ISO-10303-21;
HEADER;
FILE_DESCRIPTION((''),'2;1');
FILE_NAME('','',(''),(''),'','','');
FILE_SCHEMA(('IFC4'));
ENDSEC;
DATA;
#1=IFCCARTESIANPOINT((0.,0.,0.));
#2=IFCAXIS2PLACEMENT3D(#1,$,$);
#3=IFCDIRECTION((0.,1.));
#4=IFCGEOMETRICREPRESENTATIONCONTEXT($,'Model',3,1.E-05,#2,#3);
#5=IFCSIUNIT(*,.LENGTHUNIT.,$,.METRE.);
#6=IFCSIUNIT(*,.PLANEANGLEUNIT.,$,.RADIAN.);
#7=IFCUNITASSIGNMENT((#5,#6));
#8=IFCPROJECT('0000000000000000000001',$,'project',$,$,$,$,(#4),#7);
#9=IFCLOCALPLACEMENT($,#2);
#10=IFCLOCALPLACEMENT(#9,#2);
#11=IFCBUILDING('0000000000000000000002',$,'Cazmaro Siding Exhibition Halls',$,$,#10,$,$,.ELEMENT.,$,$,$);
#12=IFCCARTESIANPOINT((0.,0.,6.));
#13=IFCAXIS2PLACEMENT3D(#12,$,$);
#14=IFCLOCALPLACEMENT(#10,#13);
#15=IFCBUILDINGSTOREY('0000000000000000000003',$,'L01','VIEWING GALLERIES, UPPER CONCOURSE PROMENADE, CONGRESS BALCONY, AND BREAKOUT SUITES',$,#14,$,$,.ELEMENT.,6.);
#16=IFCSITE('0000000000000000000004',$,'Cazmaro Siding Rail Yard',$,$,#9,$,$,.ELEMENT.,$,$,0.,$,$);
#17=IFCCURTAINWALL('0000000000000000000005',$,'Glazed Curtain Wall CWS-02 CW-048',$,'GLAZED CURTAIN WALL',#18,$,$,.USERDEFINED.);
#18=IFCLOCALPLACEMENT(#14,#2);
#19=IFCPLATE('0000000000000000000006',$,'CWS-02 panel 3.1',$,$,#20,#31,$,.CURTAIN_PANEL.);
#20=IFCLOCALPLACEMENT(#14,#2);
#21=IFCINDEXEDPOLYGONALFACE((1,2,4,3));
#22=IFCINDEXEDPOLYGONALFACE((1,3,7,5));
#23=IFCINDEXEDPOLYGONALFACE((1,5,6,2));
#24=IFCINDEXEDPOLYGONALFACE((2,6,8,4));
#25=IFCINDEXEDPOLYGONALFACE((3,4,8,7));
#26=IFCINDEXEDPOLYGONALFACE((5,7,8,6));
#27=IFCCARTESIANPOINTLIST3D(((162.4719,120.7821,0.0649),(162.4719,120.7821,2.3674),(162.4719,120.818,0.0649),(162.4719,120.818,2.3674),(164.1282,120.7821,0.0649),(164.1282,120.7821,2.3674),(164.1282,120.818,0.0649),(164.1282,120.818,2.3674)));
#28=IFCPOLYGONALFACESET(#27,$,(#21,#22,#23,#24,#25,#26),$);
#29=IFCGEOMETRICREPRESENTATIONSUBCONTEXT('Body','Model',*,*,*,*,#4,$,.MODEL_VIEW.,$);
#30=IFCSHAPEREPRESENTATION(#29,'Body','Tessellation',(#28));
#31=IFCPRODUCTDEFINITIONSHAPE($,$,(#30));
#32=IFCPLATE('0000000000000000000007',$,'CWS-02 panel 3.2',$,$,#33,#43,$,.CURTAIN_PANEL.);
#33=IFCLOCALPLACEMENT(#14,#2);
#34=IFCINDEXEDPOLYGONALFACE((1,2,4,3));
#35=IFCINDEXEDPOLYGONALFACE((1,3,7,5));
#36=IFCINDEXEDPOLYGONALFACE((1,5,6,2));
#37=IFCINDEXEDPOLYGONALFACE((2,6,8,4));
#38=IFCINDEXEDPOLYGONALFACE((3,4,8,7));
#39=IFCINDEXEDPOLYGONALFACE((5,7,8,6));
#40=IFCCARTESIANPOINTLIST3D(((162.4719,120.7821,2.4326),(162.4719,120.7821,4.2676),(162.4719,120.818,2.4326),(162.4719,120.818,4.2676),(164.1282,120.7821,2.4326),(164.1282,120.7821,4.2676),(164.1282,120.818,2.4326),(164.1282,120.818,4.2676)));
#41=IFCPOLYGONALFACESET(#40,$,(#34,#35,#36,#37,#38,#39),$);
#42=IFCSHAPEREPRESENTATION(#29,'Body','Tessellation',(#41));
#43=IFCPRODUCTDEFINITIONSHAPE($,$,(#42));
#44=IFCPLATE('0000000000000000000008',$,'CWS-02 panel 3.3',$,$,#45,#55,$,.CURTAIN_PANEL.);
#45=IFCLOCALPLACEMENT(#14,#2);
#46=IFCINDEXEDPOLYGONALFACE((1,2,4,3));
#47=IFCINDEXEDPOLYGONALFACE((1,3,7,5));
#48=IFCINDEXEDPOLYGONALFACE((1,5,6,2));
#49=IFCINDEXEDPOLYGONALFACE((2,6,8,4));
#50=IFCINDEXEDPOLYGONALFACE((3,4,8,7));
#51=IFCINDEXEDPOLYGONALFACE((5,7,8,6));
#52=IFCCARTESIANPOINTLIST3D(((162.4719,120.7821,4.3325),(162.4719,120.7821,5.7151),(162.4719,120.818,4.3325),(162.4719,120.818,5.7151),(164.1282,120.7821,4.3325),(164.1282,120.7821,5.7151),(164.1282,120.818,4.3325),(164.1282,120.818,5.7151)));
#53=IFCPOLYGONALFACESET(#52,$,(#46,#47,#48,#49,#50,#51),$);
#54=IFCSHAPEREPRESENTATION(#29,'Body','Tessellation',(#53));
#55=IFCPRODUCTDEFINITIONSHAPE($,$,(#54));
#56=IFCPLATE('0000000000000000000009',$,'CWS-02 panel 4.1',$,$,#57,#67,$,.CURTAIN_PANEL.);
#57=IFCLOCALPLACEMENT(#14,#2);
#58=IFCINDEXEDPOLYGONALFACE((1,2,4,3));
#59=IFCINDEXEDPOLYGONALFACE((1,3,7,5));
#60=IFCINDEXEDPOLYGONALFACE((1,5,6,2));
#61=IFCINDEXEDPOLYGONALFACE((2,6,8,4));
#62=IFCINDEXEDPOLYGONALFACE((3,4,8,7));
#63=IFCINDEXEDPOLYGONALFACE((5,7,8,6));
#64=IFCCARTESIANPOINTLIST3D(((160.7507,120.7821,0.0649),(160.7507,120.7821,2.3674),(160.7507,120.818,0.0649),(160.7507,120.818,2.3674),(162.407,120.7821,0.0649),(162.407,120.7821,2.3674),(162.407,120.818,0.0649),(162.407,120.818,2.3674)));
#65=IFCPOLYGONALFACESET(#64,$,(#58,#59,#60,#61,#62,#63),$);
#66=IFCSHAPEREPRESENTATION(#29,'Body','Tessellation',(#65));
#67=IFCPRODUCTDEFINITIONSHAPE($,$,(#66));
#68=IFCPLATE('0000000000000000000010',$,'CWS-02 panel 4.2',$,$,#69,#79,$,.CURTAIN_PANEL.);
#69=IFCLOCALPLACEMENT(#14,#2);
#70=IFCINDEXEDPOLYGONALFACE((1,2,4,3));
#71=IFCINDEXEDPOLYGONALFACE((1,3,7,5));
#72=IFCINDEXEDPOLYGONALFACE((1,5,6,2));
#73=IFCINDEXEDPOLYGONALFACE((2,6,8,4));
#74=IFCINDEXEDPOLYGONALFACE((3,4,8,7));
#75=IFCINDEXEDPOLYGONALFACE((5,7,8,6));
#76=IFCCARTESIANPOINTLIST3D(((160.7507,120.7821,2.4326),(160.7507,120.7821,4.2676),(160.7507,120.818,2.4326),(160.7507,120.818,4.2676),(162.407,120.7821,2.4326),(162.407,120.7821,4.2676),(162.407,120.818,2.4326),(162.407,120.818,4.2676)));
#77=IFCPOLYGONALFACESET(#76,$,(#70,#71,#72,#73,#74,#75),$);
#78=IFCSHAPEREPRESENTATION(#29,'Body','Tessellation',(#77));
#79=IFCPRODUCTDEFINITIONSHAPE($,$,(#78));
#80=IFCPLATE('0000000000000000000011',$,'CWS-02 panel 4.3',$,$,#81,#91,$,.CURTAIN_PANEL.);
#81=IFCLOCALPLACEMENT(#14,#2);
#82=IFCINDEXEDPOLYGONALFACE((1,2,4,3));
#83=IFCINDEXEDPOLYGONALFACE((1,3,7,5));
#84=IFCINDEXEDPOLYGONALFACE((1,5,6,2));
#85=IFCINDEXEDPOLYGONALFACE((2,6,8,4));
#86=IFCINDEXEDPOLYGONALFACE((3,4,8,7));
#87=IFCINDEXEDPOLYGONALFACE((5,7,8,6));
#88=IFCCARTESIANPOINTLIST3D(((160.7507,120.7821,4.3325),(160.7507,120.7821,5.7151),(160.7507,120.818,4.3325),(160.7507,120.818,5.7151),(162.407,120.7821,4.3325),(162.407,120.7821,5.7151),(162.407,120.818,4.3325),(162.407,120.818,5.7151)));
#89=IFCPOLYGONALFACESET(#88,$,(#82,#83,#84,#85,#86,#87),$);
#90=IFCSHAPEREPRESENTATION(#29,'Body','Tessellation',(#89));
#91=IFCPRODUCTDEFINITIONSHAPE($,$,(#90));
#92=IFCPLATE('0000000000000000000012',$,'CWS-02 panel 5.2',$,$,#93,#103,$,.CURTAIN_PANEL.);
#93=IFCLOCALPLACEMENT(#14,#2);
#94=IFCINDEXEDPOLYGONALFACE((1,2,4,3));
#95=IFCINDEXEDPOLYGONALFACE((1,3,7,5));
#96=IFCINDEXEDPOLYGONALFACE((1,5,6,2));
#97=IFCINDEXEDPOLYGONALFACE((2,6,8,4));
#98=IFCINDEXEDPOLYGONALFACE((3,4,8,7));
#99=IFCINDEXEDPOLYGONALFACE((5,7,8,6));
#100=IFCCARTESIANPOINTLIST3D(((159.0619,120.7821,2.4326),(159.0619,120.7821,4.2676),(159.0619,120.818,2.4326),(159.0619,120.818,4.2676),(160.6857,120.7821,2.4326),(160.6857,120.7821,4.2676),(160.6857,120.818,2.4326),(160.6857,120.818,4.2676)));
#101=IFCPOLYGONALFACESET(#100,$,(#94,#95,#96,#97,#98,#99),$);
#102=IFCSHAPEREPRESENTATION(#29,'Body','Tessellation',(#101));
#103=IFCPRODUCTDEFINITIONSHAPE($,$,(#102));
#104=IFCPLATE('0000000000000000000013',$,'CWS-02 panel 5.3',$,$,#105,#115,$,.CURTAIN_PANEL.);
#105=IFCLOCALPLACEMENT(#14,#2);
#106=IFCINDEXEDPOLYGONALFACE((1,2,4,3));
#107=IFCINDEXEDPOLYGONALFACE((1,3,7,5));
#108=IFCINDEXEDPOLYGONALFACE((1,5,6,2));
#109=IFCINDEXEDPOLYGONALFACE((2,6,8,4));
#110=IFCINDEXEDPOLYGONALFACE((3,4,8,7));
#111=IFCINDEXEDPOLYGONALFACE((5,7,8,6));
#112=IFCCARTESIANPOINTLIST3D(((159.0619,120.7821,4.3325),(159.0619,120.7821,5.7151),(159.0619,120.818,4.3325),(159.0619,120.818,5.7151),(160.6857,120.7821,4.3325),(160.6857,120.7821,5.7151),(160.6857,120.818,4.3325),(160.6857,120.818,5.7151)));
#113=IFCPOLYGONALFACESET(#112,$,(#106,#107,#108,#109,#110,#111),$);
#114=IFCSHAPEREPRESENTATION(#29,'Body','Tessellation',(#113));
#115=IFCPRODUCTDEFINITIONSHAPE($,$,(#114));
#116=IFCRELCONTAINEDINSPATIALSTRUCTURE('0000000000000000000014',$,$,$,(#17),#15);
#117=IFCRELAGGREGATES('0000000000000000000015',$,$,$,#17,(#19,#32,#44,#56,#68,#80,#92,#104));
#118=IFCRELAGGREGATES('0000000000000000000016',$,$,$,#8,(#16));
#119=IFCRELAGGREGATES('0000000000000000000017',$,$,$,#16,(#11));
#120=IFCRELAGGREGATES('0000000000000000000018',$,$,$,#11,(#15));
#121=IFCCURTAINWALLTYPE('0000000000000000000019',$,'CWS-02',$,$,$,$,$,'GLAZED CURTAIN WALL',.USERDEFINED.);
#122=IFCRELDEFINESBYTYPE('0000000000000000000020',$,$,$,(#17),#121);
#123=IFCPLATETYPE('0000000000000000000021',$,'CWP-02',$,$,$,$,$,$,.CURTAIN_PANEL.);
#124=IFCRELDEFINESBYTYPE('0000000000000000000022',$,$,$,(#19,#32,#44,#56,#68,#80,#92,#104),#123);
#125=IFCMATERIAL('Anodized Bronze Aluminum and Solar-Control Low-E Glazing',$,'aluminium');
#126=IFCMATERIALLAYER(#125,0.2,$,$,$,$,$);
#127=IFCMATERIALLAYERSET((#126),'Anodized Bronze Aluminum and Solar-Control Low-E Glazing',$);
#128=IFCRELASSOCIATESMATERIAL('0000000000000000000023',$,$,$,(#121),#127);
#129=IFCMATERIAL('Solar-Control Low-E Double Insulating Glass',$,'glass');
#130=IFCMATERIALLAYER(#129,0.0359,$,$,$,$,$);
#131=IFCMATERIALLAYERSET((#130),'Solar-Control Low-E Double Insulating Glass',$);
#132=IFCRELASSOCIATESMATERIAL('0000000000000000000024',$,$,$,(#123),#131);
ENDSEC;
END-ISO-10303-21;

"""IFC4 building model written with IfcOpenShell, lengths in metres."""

from ifc_helpers import new_model, si_unit, direction, frame, origin, origin_2d, place, context, subcontext, project, spatial, rectangle, extrude, material, layer, layer_set, type_object, element, aggregate, save


model = new_model("IFC4")

# Units and contexts
model_context = context("Model", 3, precision=1e-05, world=origin(), true_north=direction((0.0, 1.0)))
body_context = subcontext(model_context, "Body", "Model", "MODEL_VIEW")
ifc_project = project(units=[si_unit("LENGTHUNIT", "METRE"), si_unit("PLANEANGLEUNIT", "RADIAN")], contexts=[model_context])

# Site, building, storey
site_placement = place(None, origin())
site = spatial("IfcSite", under=ifc_project, at=site_placement, Name="Cazmaro Siding Rail Yard", CompositionType="ELEMENT", RefElevation=0.0)
building_placement = place(site_placement, origin())
building = spatial("IfcBuilding", under=site, at=building_placement, Name="Cazmaro Siding Exhibition Halls", CompositionType="ELEMENT")
storey_placement = place(building_placement, frame((0.0, 0.0, 6.0)))
storey = spatial("IfcBuildingStorey", under=building, at=storey_placement, Name="L01", Description="VIEWING GALLERIES, UPPER CONCOURSE PROMENADE, CONGRESS BALCONY, AND BREAKOUT SUITES", CompositionType="ELEMENT", Elevation=6.0)

# Curtain wall
ifc_material_1 = material(Name="Anodized Bronze Aluminum and Solar-Control Low-E Glazing", Category="aluminium")
ifc_layer_1 = layer(ifc_material_1, 0.2)
ifc_layer_set_1 = layer_set([ifc_layer_1], Name="Anodized Bronze Aluminum and Solar-Control Low-E Glazing")
curtain_wall_type = type_object("IfcCurtainWallType", Name="CWS-02", ElementType="GLAZED CURTAIN WALL", PredefinedType="USERDEFINED", material=ifc_layer_set_1)
curtain_wall_placement = place(storey_placement, origin())
curtain_wall = element("IfcCurtainWall", 1, at=curtain_wall_placement, inside=storey, type_object=curtain_wall_type, Name="Glazed Curtain Wall CWS-02 CW-048", ObjectType="GLAZED CURTAIN WALL", PredefinedType="USERDEFINED")

# Plates
ifc_material_2 = material(Name="Solar-Control Low-E Double Insulating Glass", Category="glass")
ifc_layer_2 = layer(ifc_material_2, 0.0359)
ifc_layer_set_2 = layer_set([ifc_layer_2], Name="Solar-Control Low-E Double Insulating Glass")
plate_type = type_object("IfcPlateType", Name="CWP-02", PredefinedType="CURTAIN_PANEL", material=ifc_layer_set_2)
plate_1_placement = place(storey_placement, frame((163.3, 120.8, 0.0649), z_axis=(0.0, 0.0, 1.0), x_axis=(-1.0, 0.0, 0.0)))
plate_1 = element("IfcPlate", 2, at=plate_1_placement, type_object=plate_type, Name="CWS-02 panel 3.1", PredefinedType="CURTAIN_PANEL", context=body_context, shape_type="SweptSolid", body=[
    extrude(rectangle(XDim=1.6562, YDim=0.0359, at=origin_2d()), origin(), (0.0, 0.0, 1.0), 2.3025),
])
plate_2_placement = place(storey_placement, frame((163.3, 120.8, 2.4326), z_axis=(0.0, 0.0, 1.0), x_axis=(-1.0, 0.0, 0.0)))
plate_2 = element("IfcPlate", 3, at=plate_2_placement, type_object=plate_type, Name="CWS-02 panel 3.2", PredefinedType="CURTAIN_PANEL", context=body_context, shape_type="SweptSolid", body=[
    extrude(rectangle(XDim=1.6562, YDim=0.0359, at=origin_2d()), origin(), (0.0, 0.0, 1.0), 1.835),
])
plate_3_placement = place(storey_placement, frame((163.3, 120.8, 4.3325), z_axis=(0.0, 0.0, 1.0), x_axis=(-1.0, 0.0, 0.0)))
plate_3 = element("IfcPlate", 4, at=plate_3_placement, type_object=plate_type, Name="CWS-02 panel 3.3", PredefinedType="CURTAIN_PANEL", context=body_context, shape_type="SweptSolid", body=[
    extrude(rectangle(XDim=1.6562, YDim=0.0359, at=origin_2d()), origin(), (0.0, 0.0, 1.0), 1.3826),
])
plate_4_placement = place(storey_placement, frame((161.5789, 120.8, 0.0649), z_axis=(0.0, 0.0, 1.0), x_axis=(-1.0, 0.0, 0.0)))
plate_4 = element("IfcPlate", 5, at=plate_4_placement, type_object=plate_type, Name="CWS-02 panel 4.1", PredefinedType="CURTAIN_PANEL", context=body_context, shape_type="SweptSolid", body=[
    extrude(rectangle(XDim=1.6562, YDim=0.0359, at=origin_2d()), origin(), (0.0, 0.0, 1.0), 2.3025),
])
plate_5_placement = place(storey_placement, frame((161.5789, 120.8, 2.4326), z_axis=(0.0, 0.0, 1.0), x_axis=(-1.0, 0.0, 0.0)))
plate_5 = element("IfcPlate", 6, at=plate_5_placement, type_object=plate_type, Name="CWS-02 panel 4.2", PredefinedType="CURTAIN_PANEL", context=body_context, shape_type="SweptSolid", body=[
    extrude(rectangle(XDim=1.6562, YDim=0.0359, at=origin_2d()), origin(), (0.0, 0.0, 1.0), 1.835),
])
plate_6_placement = place(storey_placement, frame((161.5789, 120.8, 4.3325), z_axis=(0.0, 0.0, 1.0), x_axis=(-1.0, 0.0, 0.0)))
plate_6 = element("IfcPlate", 7, at=plate_6_placement, type_object=plate_type, Name="CWS-02 panel 4.3", PredefinedType="CURTAIN_PANEL", context=body_context, shape_type="SweptSolid", body=[
    extrude(rectangle(XDim=1.6562, YDim=0.0359, at=origin_2d()), origin(), (0.0, 0.0, 1.0), 1.3826),
])
plate_7_placement = place(storey_placement, frame((159.8738, 120.8, 2.4326), z_axis=(0.0, 0.0, 1.0), x_axis=(-1.0, 0.0, 0.0)))
plate_7 = element("IfcPlate", 8, at=plate_7_placement, type_object=plate_type, Name="CWS-02 panel 5.2", PredefinedType="CURTAIN_PANEL", context=body_context, shape_type="SweptSolid", body=[
    extrude(rectangle(XDim=1.6238, YDim=0.0359, at=origin_2d()), origin(), (0.0, 0.0, 1.0), 1.835),
])
plate_8_placement = place(storey_placement, frame((159.8738, 120.8, 4.3325), z_axis=(0.0, 0.0, 1.0), x_axis=(-1.0, 0.0, 0.0)))
plate_8 = element("IfcPlate", 9, at=plate_8_placement, type_object=plate_type, Name="CWS-02 panel 5.3", PredefinedType="CURTAIN_PANEL", context=body_context, shape_type="SweptSolid", body=[
    extrude(rectangle(XDim=1.6238, YDim=0.0359, at=origin_2d()), origin(), (0.0, 0.0, 1.0), 1.3826),
])
aggregate(curtain_wall, [plate_1, plate_2, plate_3, plate_4, plate_5, plate_6, plate_7, plate_8])

save(model, "model.ifc")
